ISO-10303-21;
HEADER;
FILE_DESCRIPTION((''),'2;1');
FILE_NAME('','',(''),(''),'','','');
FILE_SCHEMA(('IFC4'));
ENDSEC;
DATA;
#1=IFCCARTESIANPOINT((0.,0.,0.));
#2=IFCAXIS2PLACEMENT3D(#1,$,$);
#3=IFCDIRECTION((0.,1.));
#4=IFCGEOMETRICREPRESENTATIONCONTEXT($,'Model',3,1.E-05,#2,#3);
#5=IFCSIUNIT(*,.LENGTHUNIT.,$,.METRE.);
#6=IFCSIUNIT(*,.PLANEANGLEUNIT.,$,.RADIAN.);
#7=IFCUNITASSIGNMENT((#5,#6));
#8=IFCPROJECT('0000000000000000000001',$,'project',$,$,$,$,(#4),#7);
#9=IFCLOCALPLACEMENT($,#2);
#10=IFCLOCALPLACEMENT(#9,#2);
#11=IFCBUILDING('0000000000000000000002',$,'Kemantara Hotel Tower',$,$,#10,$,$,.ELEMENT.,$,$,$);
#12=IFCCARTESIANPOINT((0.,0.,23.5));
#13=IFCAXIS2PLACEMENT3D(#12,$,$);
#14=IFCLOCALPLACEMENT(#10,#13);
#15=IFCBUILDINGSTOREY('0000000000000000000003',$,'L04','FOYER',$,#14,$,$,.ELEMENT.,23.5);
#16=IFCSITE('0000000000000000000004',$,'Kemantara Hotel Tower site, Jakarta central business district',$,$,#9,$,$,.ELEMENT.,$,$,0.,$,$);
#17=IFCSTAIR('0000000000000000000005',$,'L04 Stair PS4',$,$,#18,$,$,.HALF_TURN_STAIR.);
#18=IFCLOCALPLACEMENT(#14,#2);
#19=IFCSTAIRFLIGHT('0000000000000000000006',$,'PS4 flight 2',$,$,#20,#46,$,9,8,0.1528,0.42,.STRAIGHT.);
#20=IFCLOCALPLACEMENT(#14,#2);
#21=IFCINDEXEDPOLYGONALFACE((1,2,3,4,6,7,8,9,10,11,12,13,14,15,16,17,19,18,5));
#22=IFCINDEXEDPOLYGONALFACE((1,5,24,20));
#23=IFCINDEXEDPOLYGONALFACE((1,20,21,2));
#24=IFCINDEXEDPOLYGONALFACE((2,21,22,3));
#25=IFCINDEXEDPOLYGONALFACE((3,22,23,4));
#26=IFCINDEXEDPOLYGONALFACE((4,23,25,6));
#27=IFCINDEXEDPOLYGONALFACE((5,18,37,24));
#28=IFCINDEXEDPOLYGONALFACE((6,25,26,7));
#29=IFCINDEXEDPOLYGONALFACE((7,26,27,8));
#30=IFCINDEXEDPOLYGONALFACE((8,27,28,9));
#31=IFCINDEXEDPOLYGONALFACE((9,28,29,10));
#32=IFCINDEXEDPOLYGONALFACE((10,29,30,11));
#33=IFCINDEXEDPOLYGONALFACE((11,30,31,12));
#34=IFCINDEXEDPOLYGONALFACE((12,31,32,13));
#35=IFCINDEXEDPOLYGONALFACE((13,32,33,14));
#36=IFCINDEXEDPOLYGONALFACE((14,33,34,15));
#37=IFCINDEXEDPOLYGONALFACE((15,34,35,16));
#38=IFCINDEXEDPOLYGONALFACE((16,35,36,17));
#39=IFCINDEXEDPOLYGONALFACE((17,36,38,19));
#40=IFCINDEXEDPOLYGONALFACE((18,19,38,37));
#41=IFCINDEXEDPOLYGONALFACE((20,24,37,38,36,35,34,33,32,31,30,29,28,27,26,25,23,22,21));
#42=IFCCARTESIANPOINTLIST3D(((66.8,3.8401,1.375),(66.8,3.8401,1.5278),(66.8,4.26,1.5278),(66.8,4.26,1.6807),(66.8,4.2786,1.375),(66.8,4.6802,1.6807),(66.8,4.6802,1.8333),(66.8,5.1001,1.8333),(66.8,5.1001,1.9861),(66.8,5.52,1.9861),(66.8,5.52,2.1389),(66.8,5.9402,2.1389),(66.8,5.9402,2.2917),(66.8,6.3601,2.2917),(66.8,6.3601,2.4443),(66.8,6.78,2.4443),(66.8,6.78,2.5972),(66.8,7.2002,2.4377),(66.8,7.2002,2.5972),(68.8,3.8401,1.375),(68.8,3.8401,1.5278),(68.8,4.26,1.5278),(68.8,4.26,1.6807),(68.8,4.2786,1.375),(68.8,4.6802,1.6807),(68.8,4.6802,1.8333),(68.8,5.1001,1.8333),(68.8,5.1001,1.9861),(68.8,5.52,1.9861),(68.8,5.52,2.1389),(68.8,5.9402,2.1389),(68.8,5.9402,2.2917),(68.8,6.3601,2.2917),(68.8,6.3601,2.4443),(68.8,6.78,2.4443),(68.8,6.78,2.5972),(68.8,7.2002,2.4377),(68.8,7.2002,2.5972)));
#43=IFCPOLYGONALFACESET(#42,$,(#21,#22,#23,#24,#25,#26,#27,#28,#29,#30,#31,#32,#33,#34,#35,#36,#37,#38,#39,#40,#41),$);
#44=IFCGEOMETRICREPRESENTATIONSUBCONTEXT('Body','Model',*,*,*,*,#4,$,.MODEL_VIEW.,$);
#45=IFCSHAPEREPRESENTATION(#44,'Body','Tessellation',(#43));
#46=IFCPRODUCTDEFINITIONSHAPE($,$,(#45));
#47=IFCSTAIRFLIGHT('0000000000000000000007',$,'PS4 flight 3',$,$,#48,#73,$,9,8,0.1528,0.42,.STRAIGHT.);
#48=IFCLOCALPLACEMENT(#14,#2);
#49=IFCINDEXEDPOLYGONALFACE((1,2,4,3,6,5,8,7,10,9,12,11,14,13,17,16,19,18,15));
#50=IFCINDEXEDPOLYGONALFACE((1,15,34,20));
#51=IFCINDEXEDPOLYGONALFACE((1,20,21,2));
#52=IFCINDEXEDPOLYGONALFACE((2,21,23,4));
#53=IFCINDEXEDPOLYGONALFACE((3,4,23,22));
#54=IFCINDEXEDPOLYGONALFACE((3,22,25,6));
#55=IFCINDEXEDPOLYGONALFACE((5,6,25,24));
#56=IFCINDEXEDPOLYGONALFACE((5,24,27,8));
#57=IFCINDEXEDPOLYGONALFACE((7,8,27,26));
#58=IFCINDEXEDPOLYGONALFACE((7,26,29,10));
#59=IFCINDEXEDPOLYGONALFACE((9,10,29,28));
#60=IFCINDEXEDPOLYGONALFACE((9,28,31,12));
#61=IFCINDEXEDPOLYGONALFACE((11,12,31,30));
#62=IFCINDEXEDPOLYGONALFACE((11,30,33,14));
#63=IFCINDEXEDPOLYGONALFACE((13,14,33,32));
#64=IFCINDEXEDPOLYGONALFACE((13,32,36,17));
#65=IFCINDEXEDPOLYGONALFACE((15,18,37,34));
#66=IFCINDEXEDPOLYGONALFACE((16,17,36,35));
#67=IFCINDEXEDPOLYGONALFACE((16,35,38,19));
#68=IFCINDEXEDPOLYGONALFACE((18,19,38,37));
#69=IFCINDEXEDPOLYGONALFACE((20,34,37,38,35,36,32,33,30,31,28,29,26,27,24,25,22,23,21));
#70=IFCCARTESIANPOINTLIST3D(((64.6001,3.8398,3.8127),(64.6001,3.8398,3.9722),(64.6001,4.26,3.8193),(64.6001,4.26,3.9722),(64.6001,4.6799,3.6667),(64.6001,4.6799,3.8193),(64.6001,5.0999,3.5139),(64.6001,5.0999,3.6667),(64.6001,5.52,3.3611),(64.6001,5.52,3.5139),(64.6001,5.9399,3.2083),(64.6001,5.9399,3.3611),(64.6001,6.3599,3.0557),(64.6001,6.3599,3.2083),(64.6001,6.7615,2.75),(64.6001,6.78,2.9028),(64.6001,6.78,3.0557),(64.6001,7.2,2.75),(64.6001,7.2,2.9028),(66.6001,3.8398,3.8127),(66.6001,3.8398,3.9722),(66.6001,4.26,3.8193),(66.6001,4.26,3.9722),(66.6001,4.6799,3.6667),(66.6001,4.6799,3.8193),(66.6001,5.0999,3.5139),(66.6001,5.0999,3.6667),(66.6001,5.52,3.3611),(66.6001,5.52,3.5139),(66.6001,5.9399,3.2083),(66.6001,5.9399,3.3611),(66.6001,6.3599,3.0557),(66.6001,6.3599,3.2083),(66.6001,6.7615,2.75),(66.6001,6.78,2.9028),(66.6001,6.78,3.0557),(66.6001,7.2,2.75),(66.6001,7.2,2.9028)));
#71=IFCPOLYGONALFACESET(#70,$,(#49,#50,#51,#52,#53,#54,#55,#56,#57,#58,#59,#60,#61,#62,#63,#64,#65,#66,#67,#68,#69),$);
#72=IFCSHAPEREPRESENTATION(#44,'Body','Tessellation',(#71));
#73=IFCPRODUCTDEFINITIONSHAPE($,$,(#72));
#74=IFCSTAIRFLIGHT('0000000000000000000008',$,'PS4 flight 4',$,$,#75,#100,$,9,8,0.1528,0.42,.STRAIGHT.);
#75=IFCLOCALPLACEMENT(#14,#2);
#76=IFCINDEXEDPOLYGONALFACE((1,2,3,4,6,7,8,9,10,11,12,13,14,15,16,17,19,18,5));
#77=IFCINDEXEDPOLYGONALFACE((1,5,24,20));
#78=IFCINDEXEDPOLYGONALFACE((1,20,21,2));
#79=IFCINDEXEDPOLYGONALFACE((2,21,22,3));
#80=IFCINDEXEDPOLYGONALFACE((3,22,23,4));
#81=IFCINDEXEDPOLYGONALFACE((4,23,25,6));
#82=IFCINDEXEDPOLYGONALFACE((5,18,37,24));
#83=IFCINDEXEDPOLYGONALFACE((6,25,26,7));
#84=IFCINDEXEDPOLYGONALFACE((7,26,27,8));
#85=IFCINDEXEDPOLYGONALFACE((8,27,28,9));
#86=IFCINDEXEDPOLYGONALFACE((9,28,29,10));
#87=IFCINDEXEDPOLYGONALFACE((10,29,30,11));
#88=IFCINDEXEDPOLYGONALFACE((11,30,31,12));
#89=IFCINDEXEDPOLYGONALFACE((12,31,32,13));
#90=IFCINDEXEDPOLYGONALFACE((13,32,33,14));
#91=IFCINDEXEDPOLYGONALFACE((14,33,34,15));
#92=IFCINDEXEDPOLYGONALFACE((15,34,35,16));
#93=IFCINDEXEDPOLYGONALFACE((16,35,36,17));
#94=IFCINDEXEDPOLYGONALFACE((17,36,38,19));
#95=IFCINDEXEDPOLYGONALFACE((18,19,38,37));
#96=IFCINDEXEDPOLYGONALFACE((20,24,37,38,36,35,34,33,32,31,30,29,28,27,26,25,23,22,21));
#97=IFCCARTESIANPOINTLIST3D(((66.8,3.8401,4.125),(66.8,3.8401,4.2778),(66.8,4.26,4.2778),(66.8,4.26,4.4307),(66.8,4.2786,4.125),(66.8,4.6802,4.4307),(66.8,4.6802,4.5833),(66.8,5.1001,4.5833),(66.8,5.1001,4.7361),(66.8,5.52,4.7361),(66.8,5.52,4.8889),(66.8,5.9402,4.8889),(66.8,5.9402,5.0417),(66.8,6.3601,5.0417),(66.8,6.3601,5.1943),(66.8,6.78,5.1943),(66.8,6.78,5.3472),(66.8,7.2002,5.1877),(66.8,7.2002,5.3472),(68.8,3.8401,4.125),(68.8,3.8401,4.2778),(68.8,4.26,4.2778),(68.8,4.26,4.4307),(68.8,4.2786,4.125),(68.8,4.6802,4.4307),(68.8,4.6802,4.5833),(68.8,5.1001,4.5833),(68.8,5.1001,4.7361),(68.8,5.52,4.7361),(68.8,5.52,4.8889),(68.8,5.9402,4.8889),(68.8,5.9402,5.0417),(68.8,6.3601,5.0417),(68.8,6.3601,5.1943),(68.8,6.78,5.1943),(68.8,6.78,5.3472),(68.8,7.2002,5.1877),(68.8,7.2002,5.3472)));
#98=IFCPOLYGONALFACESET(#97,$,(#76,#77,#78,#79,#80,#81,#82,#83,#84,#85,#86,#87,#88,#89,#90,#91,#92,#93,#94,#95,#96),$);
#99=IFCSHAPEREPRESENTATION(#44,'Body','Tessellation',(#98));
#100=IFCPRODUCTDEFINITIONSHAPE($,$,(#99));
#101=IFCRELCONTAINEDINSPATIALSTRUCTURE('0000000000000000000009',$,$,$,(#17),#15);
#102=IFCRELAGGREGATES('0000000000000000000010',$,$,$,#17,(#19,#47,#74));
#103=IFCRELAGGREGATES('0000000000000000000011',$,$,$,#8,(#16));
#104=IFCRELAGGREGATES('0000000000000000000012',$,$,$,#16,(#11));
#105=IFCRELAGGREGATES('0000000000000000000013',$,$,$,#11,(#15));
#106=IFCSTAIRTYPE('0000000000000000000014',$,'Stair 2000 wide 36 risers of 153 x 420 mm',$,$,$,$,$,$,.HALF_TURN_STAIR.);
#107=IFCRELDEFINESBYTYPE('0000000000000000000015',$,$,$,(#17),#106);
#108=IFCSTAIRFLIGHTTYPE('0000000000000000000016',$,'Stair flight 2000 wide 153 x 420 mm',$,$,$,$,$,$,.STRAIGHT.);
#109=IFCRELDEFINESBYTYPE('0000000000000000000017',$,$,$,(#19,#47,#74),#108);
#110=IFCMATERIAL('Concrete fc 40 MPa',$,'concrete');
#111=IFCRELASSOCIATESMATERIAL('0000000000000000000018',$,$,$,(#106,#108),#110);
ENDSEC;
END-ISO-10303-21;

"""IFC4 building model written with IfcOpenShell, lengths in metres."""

from ifc_helpers import new_model, si_unit, direction, frame, origin, place, context, subcontext, project, spatial, polyline, outline, extrude, material, type_object, element, aggregate, save


model = new_model("IFC4")

# Units and contexts
model_context = context("Model", 3, precision=1e-05, world=origin(), true_north=direction((0.0, 1.0)))
body_context = subcontext(model_context, "Body", "Model", "MODEL_VIEW")
ifc_project = project(units=[si_unit("LENGTHUNIT", "METRE"), si_unit("PLANEANGLEUNIT", "RADIAN")], contexts=[model_context])

# Site, building, storey
site_placement = place(None, origin())
site = spatial("IfcSite", under=ifc_project, at=site_placement, Name="Kemantara Hotel Tower site, Jakarta central business district", CompositionType="ELEMENT", RefElevation=0.0)
building_placement = place(site_placement, origin())
building = spatial("IfcBuilding", under=site, at=building_placement, Name="Kemantara Hotel Tower", CompositionType="ELEMENT")
storey_placement = place(building_placement, frame((0.0, 0.0, 23.5)))
storey = spatial("IfcBuildingStorey", under=building, at=storey_placement, Name="L04", Description="FOYER", CompositionType="ELEMENT", Elevation=23.5)

# Shared definitions
ifc_material_1 = material(Name="Concrete fc 40 MPa", Category="concrete")

# Stair, stair flights
stair_type_1 = type_object("IfcStairType", Name="Stair 2000 wide 36 risers of 153 x 420 mm", PredefinedType="HALF_TURN_STAIR", material=ifc_material_1)
stair_1_placement = place(storey_placement, origin())
stair_1 = element("IfcStair", 1, at=stair_1_placement, inside=storey, type_object=stair_type_1, Name="L04 Stair PS4", PredefinedType="HALF_TURN_STAIR")
stair_flight_type_1 = type_object("IfcStairFlightType", Name="Stair flight 2000 wide 153 x 420 mm", PredefinedType="STRAIGHT", material=ifc_material_1)
stair_flight_1_placement = place(storey_placement, frame((67.8, 3.8401, 1.375), z_axis=(0.0, 0.0, 1.0), x_axis=(0.0, 1.0, 0.0)))
stair_flight_1 = element("IfcStairFlight", 2, at=stair_flight_1_placement, type_object=stair_flight_type_1, Name="PS4 flight 2", NumberOfRisers=9, NumberOfTreads=8, PredefinedType="STRAIGHT", RiserHeight=0.1528, TreadLength=0.42, context=body_context, shape_type="SweptSolid", body=[
    extrude(outline(polyline([(0.0, 0.0), (0.0, 0.1528), (0.4199, 0.1528), (0.4199, 0.3057), (0.8401, 0.3057), (0.8401, 0.4583), (1.26, 0.4583), (1.26, 0.6111), (1.6799, 0.6111), (1.6799, 0.7639), (2.1001, 0.7639), (2.1001, 0.9167), (2.52, 0.9167), (2.52, 1.0693), (2.9399, 1.0693), (2.9399, 1.2222), (3.3601, 1.2222), (3.3601, 1.375), (3.3601, 1.0627), (0.4385, 0.0), (0.0, 0.0)])), frame((0.0, 1.0, 0.0), z_axis=(0.0, -1.0, 0.0), x_axis=(1.0, 0.0, 0.0)), (0.0, 0.0, 1.0), 2.0),
])
stair_flight_2_placement = place(storey_placement, frame((65.6001, 7.2, 2.75), z_axis=(0.0, 0.0, 1.0), x_axis=(0.0, -1.0, 0.0)))
stair_flight_2 = element("IfcStairFlight", 3, at=stair_flight_2_placement, type_object=stair_flight_type_1, Name="PS4 flight 3", NumberOfRisers=9, NumberOfTreads=8, PredefinedType="STRAIGHT", RiserHeight=0.1528, TreadLength=0.42, context=body_context, shape_type="SweptSolid", body=[
    extrude(outline(polyline([(0.0, 0.0), (0.0, 0.1528), (0.4199, 0.1528), (0.4199, 0.3057), (0.8401, 0.3057), (0.8401, 0.4583), (1.26, 0.4583), (1.26, 0.6111), (1.6799, 0.6111), (1.6799, 0.7639), (2.1001, 0.7639), (2.1001, 0.9167), (2.52, 0.9167), (2.52, 1.0693), (2.9399, 1.0693), (2.9399, 1.2222), (3.3601, 1.2222), (3.3601, 1.375), (3.3601, 1.0627), (0.4385, 0.0), (0.0, 0.0)])), frame((0.0, 1.0, 0.0), z_axis=(0.0, -1.0, 0.0), x_axis=(1.0, 0.0, 0.0)), (0.0, 0.0, 1.0), 2.0),
])
stair_flight_3_placement = place(storey_placement, frame((67.8, 3.8401, 4.125), z_axis=(0.0, 0.0, 1.0), x_axis=(0.0, 1.0, 0.0)))
stair_flight_3 = element("IfcStairFlight", 4, at=stair_flight_3_placement, type_object=stair_flight_type_1, Name="PS4 flight 4", NumberOfRisers=9, NumberOfTreads=8, PredefinedType="STRAIGHT", RiserHeight=0.1528, TreadLength=0.42, context=body_context, shape_type="SweptSolid", body=[
    extrude(outline(polyline([(0.0, 0.0), (0.0, 0.1528), (0.4199, 0.1528), (0.4199, 0.3057), (0.8401, 0.3057), (0.8401, 0.4583), (1.26, 0.4583), (1.26, 0.6111), (1.6799, 0.6111), (1.6799, 0.7639), (2.1001, 0.7639), (2.1001, 0.9167), (2.52, 0.9167), (2.52, 1.0693), (2.9399, 1.0693), (2.9399, 1.2222), (3.3601, 1.2222), (3.3601, 1.375), (3.3601, 1.0627), (0.4385, 0.0), (0.0, 0.0)])), frame((0.0, 1.0, 0.0), z_axis=(0.0, -1.0, 0.0), x_axis=(1.0, 0.0, 0.0)), (0.0, 0.0, 1.0), 2.0),
])
aggregate(stair_1, [stair_flight_1, stair_flight_2, stair_flight_3])

save(model, "model.ifc")
